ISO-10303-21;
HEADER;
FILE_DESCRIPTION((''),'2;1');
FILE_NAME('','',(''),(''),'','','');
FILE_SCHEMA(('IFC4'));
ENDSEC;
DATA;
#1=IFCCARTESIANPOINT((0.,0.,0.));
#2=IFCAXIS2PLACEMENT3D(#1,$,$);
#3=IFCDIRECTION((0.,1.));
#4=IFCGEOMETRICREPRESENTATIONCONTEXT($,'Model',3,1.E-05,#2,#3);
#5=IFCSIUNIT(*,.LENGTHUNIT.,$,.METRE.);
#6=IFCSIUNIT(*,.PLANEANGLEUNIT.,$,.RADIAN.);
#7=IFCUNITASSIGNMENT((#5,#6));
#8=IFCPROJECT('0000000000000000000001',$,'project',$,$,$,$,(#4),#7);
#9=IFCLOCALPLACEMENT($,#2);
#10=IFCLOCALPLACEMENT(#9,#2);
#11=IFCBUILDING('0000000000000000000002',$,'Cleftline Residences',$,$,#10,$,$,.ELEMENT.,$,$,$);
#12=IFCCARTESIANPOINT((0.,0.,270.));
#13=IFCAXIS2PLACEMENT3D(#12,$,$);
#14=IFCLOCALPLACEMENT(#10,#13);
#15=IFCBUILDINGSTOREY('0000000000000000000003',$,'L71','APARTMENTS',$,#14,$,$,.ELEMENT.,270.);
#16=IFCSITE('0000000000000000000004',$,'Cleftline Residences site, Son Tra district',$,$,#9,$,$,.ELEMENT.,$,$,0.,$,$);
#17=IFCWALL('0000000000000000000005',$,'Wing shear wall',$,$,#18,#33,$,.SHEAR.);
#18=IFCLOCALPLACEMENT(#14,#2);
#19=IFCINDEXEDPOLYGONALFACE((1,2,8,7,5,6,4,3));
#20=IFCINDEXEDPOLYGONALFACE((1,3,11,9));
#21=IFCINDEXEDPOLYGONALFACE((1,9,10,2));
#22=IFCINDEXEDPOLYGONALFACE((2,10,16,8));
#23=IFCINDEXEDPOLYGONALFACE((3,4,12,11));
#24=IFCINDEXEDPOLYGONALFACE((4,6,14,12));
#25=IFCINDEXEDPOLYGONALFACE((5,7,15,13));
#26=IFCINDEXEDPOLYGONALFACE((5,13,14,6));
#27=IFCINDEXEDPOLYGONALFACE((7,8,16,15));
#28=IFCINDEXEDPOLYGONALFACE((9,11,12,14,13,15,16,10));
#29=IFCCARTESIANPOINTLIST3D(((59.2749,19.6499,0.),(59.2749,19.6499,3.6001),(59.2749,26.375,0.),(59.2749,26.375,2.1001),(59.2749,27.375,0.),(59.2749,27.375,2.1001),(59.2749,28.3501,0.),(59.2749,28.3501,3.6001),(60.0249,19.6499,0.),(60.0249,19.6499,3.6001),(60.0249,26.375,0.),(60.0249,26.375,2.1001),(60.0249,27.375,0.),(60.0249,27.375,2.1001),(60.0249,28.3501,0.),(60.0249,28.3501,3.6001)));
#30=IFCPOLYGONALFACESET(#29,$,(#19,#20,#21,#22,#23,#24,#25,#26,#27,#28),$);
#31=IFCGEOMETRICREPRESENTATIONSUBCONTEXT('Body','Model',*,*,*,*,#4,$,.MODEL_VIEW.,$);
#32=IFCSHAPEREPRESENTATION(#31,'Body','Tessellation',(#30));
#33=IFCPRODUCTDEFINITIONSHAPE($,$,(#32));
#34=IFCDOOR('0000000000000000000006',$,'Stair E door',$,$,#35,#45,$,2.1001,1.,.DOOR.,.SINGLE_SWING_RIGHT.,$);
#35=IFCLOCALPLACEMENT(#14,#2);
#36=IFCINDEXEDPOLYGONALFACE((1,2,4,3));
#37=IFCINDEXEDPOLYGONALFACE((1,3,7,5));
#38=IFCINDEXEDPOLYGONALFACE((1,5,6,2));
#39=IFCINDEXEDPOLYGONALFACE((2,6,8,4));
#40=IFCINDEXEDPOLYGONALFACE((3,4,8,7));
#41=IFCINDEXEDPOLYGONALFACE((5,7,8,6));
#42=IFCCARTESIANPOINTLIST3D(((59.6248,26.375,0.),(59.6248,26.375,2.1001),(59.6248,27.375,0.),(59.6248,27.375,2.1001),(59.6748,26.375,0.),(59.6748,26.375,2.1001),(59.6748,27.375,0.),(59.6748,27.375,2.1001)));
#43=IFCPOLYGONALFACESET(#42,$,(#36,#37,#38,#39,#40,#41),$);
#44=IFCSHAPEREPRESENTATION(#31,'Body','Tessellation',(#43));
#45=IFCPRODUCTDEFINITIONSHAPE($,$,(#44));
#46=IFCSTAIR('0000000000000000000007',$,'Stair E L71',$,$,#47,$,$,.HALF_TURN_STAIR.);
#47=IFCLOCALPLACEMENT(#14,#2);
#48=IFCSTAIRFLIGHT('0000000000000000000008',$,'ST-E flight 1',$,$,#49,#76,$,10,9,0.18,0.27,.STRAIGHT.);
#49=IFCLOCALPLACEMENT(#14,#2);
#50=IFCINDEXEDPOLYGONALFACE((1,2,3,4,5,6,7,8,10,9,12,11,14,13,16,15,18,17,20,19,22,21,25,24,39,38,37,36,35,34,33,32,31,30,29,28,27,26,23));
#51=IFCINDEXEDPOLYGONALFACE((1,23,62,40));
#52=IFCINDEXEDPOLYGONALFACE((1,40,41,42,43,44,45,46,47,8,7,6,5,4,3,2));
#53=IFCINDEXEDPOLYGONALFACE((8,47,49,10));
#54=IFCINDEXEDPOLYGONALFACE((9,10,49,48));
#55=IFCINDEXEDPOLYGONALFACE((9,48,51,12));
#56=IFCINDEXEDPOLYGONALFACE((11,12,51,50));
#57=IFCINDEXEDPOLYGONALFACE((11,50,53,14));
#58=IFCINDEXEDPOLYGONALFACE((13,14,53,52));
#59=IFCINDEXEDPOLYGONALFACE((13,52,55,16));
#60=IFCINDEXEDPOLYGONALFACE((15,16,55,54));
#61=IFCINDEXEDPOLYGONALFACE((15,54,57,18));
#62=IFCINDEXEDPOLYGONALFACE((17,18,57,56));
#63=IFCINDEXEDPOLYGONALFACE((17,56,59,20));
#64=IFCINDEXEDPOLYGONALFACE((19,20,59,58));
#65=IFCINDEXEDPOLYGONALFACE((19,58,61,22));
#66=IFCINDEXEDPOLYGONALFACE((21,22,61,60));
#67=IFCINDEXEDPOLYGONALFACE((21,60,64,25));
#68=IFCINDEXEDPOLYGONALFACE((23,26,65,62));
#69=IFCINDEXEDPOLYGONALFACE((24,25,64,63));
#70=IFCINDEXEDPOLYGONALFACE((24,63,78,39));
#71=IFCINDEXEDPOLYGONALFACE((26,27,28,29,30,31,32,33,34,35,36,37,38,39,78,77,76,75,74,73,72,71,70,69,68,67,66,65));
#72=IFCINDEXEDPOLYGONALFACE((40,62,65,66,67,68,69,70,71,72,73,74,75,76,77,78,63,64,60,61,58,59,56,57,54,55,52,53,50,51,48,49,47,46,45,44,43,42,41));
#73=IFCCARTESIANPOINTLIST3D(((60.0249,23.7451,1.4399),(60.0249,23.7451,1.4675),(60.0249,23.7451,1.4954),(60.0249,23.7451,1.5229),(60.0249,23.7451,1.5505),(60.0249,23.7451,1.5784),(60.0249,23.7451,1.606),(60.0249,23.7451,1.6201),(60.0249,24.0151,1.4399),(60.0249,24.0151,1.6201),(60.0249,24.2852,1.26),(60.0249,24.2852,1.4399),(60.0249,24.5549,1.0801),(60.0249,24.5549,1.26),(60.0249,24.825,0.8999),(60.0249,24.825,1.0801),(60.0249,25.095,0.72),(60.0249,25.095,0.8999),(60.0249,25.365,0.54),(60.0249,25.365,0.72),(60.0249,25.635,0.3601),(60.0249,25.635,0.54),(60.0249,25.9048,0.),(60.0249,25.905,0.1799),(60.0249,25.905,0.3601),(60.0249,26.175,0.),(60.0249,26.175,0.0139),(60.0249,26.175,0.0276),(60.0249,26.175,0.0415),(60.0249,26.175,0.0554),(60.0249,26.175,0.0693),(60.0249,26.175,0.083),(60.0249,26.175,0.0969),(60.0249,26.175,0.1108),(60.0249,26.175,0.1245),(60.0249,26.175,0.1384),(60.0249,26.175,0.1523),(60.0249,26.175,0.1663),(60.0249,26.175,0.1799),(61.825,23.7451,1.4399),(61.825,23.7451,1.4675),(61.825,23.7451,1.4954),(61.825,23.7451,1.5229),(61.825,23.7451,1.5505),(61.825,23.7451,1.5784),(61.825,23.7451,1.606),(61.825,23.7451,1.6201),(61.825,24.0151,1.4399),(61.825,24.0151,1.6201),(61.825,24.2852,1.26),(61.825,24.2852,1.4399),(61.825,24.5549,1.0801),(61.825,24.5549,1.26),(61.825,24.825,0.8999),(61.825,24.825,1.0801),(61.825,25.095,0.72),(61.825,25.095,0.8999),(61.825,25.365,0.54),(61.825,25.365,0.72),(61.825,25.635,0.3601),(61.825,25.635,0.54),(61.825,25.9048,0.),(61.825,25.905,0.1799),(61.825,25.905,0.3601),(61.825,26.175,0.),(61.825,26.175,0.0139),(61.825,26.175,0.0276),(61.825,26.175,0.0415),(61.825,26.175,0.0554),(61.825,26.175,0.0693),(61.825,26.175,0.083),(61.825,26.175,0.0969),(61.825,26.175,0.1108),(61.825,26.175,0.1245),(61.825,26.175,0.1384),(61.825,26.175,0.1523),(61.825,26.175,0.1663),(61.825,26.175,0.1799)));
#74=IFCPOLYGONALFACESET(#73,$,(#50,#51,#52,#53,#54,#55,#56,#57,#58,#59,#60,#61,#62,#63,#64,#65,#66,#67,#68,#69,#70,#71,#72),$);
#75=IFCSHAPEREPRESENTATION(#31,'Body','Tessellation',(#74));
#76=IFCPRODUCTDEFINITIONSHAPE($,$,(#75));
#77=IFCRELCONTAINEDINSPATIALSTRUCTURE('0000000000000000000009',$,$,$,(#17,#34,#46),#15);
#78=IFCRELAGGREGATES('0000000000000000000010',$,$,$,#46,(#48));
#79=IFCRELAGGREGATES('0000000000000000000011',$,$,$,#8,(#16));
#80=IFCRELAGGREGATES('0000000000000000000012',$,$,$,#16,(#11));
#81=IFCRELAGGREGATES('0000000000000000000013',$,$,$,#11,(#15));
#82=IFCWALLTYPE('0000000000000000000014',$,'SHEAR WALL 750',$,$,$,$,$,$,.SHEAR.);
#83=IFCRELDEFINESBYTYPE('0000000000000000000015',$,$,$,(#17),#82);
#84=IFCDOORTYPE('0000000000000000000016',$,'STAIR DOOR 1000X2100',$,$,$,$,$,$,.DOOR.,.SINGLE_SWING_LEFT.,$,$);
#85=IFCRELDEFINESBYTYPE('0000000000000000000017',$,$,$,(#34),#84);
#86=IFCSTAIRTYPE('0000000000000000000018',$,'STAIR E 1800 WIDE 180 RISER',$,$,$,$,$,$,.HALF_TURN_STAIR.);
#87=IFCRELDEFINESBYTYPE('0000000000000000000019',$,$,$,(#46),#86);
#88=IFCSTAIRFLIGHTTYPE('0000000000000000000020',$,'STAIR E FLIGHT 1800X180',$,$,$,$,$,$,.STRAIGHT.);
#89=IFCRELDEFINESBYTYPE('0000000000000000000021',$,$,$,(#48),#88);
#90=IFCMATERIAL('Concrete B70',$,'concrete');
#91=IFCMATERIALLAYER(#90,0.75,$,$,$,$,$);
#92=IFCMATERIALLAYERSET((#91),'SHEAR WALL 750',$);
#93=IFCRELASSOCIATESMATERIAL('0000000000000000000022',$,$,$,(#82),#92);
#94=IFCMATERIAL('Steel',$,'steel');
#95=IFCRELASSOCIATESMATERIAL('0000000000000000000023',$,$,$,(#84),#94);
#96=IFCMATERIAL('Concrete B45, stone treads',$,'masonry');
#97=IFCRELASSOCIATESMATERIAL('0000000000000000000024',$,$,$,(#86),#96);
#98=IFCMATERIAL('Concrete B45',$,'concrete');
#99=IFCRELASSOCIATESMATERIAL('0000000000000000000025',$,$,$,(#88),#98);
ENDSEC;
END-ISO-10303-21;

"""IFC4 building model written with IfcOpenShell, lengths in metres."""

from ifc_helpers import new_model, si_unit, direction, frame, frame_2d, origin, place, context, subcontext, project, spatial, polyline, rectangle, outline, extrude, material, layer, layer_set, type_object, element, fill, aggregate, save


model = new_model("IFC4")

# Units and contexts
model_context = context("Model", 3, precision=1e-05, world=origin(), true_north=direction((0.0, 1.0)))
body_context = subcontext(model_context, "Body", "Model", "MODEL_VIEW")
ifc_project = project(units=[si_unit("LENGTHUNIT", "METRE"), si_unit("PLANEANGLEUNIT", "RADIAN")], contexts=[model_context])

# Site, building, storey
site_placement = place(None, origin())
site = spatial("IfcSite", under=ifc_project, at=site_placement, Name="Cleftline Residences site, Son Tra district", CompositionType="ELEMENT", RefElevation=0.0)
building_placement = place(site_placement, origin())
building = spatial("IfcBuilding", under=site, at=building_placement, Name="Cleftline Residences", CompositionType="ELEMENT")
storey_placement = place(building_placement, frame((0.0, 0.0, 270.0)))
storey = spatial("IfcBuildingStorey", under=building, at=storey_placement, Name="L71", Description="APARTMENTS", CompositionType="ELEMENT", Elevation=270.0)

# Shared definitions
ifc_material_1 = material(Name="Concrete B70", Category="concrete")
ifc_layer_1 = layer(ifc_material_1, 0.75)
ifc_layer_set_1 = layer_set([ifc_layer_1], Name="SHEAR WALL 750")
wall_type_1 = type_object("IfcWallType", Name="SHEAR WALL 750", PredefinedType="SHEAR", material=ifc_layer_set_1)

# Wall, opening, door
wall_1_placement = place(storey_placement, frame((59.6499, 28.3501, 0.0), z_axis=(0.0, 0.0, 1.0), x_axis=(0.0, -1.0, 0.0)))
wall_1 = element("IfcWall", 1, at=wall_1_placement, inside=storey, type_object=wall_type_1, Name="Wing shear wall", PredefinedType="SHEAR", context=body_context, shape_type="SweptSolid", body=[
    extrude(rectangle(XDim=8.7002, YDim=0.75, at=frame_2d((4.3501, 0.0))), origin(), (0.0, 0.0, 1.0), 3.6001),
])
opening_1_placement = place(wall_1_placement, frame((0.9751, 0.0, 0.0)))
opening_1 = element("IfcOpeningElement", 2, at=opening_1_placement, cuts=wall_1, PredefinedType="OPENING", context=body_context, shape_type="SweptSolid", body=[
    extrude(rectangle(XDim=1.0, YDim=2.1001, at=frame_2d((0.5, 1.05))), frame((0.0, 0.385, 0.0), z_axis=(0.0, -1.0, 0.0), x_axis=(1.0, 0.0, 0.0)), (0.0, 0.0, 1.0), 0.77),
])
ifc_material_2 = material(Name="Steel", Category="steel")
door_type_1 = type_object("IfcDoorType", Name="STAIR DOOR 1000X2100", OperationType="SINGLE_SWING_LEFT", PredefinedType="DOOR", material=ifc_material_2)
door_1_placement = place(opening_1_placement, origin())
door_1 = element("IfcDoor", 3, at=door_1_placement, inside=storey, type_object=door_type_1, Name="Stair E door", OperationType="SINGLE_SWING_RIGHT", OverallHeight=2.1001, OverallWidth=1.0, PredefinedType="DOOR", context=body_context, shape_type="SweptSolid", body=[
    extrude(rectangle(XDim=1.0, YDim=2.1001, at=frame_2d((0.5, 1.05))), frame((0.0, 0.0249, 0.0), z_axis=(0.0, -1.0, 0.0), x_axis=(1.0, 0.0, 0.0)), (0.0, 0.0, 1.0), 0.05),
])
fill(opening_1, door_1)

# Stair, stair flight
ifc_material_3 = material(Name="Concrete B45, stone treads", Category="masonry")
stair_type = type_object("IfcStairType", Name="STAIR E 1800 WIDE 180 RISER", PredefinedType="HALF_TURN_STAIR", material=ifc_material_3)
stair_placement = place(storey_placement, origin())
stair = element("IfcStair", 4, at=stair_placement, inside=storey, type_object=stair_type, Name="Stair E L71", PredefinedType="HALF_TURN_STAIR")
ifc_material_4 = material(Name="Concrete B45", Category="concrete")
stair_flight_type = type_object("IfcStairFlightType", Name="STAIR E FLIGHT 1800X180", PredefinedType="STRAIGHT", material=ifc_material_4)
stair_flight_placement = place(storey_placement, frame((60.925, 26.175, 0.0), z_axis=(0.0, 0.0, 1.0), x_axis=(0.0, -1.0, 0.0)))
stair_flight = element("IfcStairFlight", 5, at=stair_flight_placement, type_object=stair_flight_type, Name="ST-E flight 1", NumberOfRisers=10, NumberOfTreads=9, PredefinedType="STRAIGHT", RiserHeight=0.18, TreadLength=0.27, context=body_context, shape_type="SweptSolid", body=[
    extrude(outline(polyline([(0.0, 0.0), (0.0, 0.0139), (0.0, 0.0276), (0.0, 0.0415), (0.0, 0.0554), (0.0, 0.0693), (0.0, 0.083), (0.0, 0.0969), (0.0, 0.1108), (0.0, 0.1245), (0.0, 0.1384), (0.0, 0.1523), (0.0, 0.1663), (0.0, 0.1799), (0.27, 0.1799), (0.27, 0.3601), (0.54, 0.3601), (0.54, 0.54), (0.8101, 0.54), (0.8101, 0.72), (1.0801, 0.72), (1.0801, 0.8999), (1.3501, 0.8999), (1.3501, 1.0801), (1.6201, 1.0801), (1.6201, 1.26), (1.8899, 1.26), (1.8899, 1.4399), (2.1599, 1.4399), (2.1599, 1.6201), (2.4299, 1.6201), (2.4299, 1.8), (2.4299, 1.7722), (2.4299, 1.7446), (2.4299, 1.7168), (2.4299, 1.6892), (2.4299, 1.6614), (2.4299, 1.6338), (2.4299, 1.606), (2.4299, 1.5784), (2.4299, 1.5505), (2.4299, 1.5229), (2.4299, 1.4954), (2.4299, 1.4675), (2.4299, 1.4399), (0.2703, 0.0), (0.0, 0.0)])), frame((0.0, 0.8999, 0.0), z_axis=(0.0, -1.0, 0.0), x_axis=(1.0, 0.0, 0.0)), (0.0, 0.0, 1.0), 1.8),
])
aggregate(stair, [stair_flight])

save(model, "model.ifc")
